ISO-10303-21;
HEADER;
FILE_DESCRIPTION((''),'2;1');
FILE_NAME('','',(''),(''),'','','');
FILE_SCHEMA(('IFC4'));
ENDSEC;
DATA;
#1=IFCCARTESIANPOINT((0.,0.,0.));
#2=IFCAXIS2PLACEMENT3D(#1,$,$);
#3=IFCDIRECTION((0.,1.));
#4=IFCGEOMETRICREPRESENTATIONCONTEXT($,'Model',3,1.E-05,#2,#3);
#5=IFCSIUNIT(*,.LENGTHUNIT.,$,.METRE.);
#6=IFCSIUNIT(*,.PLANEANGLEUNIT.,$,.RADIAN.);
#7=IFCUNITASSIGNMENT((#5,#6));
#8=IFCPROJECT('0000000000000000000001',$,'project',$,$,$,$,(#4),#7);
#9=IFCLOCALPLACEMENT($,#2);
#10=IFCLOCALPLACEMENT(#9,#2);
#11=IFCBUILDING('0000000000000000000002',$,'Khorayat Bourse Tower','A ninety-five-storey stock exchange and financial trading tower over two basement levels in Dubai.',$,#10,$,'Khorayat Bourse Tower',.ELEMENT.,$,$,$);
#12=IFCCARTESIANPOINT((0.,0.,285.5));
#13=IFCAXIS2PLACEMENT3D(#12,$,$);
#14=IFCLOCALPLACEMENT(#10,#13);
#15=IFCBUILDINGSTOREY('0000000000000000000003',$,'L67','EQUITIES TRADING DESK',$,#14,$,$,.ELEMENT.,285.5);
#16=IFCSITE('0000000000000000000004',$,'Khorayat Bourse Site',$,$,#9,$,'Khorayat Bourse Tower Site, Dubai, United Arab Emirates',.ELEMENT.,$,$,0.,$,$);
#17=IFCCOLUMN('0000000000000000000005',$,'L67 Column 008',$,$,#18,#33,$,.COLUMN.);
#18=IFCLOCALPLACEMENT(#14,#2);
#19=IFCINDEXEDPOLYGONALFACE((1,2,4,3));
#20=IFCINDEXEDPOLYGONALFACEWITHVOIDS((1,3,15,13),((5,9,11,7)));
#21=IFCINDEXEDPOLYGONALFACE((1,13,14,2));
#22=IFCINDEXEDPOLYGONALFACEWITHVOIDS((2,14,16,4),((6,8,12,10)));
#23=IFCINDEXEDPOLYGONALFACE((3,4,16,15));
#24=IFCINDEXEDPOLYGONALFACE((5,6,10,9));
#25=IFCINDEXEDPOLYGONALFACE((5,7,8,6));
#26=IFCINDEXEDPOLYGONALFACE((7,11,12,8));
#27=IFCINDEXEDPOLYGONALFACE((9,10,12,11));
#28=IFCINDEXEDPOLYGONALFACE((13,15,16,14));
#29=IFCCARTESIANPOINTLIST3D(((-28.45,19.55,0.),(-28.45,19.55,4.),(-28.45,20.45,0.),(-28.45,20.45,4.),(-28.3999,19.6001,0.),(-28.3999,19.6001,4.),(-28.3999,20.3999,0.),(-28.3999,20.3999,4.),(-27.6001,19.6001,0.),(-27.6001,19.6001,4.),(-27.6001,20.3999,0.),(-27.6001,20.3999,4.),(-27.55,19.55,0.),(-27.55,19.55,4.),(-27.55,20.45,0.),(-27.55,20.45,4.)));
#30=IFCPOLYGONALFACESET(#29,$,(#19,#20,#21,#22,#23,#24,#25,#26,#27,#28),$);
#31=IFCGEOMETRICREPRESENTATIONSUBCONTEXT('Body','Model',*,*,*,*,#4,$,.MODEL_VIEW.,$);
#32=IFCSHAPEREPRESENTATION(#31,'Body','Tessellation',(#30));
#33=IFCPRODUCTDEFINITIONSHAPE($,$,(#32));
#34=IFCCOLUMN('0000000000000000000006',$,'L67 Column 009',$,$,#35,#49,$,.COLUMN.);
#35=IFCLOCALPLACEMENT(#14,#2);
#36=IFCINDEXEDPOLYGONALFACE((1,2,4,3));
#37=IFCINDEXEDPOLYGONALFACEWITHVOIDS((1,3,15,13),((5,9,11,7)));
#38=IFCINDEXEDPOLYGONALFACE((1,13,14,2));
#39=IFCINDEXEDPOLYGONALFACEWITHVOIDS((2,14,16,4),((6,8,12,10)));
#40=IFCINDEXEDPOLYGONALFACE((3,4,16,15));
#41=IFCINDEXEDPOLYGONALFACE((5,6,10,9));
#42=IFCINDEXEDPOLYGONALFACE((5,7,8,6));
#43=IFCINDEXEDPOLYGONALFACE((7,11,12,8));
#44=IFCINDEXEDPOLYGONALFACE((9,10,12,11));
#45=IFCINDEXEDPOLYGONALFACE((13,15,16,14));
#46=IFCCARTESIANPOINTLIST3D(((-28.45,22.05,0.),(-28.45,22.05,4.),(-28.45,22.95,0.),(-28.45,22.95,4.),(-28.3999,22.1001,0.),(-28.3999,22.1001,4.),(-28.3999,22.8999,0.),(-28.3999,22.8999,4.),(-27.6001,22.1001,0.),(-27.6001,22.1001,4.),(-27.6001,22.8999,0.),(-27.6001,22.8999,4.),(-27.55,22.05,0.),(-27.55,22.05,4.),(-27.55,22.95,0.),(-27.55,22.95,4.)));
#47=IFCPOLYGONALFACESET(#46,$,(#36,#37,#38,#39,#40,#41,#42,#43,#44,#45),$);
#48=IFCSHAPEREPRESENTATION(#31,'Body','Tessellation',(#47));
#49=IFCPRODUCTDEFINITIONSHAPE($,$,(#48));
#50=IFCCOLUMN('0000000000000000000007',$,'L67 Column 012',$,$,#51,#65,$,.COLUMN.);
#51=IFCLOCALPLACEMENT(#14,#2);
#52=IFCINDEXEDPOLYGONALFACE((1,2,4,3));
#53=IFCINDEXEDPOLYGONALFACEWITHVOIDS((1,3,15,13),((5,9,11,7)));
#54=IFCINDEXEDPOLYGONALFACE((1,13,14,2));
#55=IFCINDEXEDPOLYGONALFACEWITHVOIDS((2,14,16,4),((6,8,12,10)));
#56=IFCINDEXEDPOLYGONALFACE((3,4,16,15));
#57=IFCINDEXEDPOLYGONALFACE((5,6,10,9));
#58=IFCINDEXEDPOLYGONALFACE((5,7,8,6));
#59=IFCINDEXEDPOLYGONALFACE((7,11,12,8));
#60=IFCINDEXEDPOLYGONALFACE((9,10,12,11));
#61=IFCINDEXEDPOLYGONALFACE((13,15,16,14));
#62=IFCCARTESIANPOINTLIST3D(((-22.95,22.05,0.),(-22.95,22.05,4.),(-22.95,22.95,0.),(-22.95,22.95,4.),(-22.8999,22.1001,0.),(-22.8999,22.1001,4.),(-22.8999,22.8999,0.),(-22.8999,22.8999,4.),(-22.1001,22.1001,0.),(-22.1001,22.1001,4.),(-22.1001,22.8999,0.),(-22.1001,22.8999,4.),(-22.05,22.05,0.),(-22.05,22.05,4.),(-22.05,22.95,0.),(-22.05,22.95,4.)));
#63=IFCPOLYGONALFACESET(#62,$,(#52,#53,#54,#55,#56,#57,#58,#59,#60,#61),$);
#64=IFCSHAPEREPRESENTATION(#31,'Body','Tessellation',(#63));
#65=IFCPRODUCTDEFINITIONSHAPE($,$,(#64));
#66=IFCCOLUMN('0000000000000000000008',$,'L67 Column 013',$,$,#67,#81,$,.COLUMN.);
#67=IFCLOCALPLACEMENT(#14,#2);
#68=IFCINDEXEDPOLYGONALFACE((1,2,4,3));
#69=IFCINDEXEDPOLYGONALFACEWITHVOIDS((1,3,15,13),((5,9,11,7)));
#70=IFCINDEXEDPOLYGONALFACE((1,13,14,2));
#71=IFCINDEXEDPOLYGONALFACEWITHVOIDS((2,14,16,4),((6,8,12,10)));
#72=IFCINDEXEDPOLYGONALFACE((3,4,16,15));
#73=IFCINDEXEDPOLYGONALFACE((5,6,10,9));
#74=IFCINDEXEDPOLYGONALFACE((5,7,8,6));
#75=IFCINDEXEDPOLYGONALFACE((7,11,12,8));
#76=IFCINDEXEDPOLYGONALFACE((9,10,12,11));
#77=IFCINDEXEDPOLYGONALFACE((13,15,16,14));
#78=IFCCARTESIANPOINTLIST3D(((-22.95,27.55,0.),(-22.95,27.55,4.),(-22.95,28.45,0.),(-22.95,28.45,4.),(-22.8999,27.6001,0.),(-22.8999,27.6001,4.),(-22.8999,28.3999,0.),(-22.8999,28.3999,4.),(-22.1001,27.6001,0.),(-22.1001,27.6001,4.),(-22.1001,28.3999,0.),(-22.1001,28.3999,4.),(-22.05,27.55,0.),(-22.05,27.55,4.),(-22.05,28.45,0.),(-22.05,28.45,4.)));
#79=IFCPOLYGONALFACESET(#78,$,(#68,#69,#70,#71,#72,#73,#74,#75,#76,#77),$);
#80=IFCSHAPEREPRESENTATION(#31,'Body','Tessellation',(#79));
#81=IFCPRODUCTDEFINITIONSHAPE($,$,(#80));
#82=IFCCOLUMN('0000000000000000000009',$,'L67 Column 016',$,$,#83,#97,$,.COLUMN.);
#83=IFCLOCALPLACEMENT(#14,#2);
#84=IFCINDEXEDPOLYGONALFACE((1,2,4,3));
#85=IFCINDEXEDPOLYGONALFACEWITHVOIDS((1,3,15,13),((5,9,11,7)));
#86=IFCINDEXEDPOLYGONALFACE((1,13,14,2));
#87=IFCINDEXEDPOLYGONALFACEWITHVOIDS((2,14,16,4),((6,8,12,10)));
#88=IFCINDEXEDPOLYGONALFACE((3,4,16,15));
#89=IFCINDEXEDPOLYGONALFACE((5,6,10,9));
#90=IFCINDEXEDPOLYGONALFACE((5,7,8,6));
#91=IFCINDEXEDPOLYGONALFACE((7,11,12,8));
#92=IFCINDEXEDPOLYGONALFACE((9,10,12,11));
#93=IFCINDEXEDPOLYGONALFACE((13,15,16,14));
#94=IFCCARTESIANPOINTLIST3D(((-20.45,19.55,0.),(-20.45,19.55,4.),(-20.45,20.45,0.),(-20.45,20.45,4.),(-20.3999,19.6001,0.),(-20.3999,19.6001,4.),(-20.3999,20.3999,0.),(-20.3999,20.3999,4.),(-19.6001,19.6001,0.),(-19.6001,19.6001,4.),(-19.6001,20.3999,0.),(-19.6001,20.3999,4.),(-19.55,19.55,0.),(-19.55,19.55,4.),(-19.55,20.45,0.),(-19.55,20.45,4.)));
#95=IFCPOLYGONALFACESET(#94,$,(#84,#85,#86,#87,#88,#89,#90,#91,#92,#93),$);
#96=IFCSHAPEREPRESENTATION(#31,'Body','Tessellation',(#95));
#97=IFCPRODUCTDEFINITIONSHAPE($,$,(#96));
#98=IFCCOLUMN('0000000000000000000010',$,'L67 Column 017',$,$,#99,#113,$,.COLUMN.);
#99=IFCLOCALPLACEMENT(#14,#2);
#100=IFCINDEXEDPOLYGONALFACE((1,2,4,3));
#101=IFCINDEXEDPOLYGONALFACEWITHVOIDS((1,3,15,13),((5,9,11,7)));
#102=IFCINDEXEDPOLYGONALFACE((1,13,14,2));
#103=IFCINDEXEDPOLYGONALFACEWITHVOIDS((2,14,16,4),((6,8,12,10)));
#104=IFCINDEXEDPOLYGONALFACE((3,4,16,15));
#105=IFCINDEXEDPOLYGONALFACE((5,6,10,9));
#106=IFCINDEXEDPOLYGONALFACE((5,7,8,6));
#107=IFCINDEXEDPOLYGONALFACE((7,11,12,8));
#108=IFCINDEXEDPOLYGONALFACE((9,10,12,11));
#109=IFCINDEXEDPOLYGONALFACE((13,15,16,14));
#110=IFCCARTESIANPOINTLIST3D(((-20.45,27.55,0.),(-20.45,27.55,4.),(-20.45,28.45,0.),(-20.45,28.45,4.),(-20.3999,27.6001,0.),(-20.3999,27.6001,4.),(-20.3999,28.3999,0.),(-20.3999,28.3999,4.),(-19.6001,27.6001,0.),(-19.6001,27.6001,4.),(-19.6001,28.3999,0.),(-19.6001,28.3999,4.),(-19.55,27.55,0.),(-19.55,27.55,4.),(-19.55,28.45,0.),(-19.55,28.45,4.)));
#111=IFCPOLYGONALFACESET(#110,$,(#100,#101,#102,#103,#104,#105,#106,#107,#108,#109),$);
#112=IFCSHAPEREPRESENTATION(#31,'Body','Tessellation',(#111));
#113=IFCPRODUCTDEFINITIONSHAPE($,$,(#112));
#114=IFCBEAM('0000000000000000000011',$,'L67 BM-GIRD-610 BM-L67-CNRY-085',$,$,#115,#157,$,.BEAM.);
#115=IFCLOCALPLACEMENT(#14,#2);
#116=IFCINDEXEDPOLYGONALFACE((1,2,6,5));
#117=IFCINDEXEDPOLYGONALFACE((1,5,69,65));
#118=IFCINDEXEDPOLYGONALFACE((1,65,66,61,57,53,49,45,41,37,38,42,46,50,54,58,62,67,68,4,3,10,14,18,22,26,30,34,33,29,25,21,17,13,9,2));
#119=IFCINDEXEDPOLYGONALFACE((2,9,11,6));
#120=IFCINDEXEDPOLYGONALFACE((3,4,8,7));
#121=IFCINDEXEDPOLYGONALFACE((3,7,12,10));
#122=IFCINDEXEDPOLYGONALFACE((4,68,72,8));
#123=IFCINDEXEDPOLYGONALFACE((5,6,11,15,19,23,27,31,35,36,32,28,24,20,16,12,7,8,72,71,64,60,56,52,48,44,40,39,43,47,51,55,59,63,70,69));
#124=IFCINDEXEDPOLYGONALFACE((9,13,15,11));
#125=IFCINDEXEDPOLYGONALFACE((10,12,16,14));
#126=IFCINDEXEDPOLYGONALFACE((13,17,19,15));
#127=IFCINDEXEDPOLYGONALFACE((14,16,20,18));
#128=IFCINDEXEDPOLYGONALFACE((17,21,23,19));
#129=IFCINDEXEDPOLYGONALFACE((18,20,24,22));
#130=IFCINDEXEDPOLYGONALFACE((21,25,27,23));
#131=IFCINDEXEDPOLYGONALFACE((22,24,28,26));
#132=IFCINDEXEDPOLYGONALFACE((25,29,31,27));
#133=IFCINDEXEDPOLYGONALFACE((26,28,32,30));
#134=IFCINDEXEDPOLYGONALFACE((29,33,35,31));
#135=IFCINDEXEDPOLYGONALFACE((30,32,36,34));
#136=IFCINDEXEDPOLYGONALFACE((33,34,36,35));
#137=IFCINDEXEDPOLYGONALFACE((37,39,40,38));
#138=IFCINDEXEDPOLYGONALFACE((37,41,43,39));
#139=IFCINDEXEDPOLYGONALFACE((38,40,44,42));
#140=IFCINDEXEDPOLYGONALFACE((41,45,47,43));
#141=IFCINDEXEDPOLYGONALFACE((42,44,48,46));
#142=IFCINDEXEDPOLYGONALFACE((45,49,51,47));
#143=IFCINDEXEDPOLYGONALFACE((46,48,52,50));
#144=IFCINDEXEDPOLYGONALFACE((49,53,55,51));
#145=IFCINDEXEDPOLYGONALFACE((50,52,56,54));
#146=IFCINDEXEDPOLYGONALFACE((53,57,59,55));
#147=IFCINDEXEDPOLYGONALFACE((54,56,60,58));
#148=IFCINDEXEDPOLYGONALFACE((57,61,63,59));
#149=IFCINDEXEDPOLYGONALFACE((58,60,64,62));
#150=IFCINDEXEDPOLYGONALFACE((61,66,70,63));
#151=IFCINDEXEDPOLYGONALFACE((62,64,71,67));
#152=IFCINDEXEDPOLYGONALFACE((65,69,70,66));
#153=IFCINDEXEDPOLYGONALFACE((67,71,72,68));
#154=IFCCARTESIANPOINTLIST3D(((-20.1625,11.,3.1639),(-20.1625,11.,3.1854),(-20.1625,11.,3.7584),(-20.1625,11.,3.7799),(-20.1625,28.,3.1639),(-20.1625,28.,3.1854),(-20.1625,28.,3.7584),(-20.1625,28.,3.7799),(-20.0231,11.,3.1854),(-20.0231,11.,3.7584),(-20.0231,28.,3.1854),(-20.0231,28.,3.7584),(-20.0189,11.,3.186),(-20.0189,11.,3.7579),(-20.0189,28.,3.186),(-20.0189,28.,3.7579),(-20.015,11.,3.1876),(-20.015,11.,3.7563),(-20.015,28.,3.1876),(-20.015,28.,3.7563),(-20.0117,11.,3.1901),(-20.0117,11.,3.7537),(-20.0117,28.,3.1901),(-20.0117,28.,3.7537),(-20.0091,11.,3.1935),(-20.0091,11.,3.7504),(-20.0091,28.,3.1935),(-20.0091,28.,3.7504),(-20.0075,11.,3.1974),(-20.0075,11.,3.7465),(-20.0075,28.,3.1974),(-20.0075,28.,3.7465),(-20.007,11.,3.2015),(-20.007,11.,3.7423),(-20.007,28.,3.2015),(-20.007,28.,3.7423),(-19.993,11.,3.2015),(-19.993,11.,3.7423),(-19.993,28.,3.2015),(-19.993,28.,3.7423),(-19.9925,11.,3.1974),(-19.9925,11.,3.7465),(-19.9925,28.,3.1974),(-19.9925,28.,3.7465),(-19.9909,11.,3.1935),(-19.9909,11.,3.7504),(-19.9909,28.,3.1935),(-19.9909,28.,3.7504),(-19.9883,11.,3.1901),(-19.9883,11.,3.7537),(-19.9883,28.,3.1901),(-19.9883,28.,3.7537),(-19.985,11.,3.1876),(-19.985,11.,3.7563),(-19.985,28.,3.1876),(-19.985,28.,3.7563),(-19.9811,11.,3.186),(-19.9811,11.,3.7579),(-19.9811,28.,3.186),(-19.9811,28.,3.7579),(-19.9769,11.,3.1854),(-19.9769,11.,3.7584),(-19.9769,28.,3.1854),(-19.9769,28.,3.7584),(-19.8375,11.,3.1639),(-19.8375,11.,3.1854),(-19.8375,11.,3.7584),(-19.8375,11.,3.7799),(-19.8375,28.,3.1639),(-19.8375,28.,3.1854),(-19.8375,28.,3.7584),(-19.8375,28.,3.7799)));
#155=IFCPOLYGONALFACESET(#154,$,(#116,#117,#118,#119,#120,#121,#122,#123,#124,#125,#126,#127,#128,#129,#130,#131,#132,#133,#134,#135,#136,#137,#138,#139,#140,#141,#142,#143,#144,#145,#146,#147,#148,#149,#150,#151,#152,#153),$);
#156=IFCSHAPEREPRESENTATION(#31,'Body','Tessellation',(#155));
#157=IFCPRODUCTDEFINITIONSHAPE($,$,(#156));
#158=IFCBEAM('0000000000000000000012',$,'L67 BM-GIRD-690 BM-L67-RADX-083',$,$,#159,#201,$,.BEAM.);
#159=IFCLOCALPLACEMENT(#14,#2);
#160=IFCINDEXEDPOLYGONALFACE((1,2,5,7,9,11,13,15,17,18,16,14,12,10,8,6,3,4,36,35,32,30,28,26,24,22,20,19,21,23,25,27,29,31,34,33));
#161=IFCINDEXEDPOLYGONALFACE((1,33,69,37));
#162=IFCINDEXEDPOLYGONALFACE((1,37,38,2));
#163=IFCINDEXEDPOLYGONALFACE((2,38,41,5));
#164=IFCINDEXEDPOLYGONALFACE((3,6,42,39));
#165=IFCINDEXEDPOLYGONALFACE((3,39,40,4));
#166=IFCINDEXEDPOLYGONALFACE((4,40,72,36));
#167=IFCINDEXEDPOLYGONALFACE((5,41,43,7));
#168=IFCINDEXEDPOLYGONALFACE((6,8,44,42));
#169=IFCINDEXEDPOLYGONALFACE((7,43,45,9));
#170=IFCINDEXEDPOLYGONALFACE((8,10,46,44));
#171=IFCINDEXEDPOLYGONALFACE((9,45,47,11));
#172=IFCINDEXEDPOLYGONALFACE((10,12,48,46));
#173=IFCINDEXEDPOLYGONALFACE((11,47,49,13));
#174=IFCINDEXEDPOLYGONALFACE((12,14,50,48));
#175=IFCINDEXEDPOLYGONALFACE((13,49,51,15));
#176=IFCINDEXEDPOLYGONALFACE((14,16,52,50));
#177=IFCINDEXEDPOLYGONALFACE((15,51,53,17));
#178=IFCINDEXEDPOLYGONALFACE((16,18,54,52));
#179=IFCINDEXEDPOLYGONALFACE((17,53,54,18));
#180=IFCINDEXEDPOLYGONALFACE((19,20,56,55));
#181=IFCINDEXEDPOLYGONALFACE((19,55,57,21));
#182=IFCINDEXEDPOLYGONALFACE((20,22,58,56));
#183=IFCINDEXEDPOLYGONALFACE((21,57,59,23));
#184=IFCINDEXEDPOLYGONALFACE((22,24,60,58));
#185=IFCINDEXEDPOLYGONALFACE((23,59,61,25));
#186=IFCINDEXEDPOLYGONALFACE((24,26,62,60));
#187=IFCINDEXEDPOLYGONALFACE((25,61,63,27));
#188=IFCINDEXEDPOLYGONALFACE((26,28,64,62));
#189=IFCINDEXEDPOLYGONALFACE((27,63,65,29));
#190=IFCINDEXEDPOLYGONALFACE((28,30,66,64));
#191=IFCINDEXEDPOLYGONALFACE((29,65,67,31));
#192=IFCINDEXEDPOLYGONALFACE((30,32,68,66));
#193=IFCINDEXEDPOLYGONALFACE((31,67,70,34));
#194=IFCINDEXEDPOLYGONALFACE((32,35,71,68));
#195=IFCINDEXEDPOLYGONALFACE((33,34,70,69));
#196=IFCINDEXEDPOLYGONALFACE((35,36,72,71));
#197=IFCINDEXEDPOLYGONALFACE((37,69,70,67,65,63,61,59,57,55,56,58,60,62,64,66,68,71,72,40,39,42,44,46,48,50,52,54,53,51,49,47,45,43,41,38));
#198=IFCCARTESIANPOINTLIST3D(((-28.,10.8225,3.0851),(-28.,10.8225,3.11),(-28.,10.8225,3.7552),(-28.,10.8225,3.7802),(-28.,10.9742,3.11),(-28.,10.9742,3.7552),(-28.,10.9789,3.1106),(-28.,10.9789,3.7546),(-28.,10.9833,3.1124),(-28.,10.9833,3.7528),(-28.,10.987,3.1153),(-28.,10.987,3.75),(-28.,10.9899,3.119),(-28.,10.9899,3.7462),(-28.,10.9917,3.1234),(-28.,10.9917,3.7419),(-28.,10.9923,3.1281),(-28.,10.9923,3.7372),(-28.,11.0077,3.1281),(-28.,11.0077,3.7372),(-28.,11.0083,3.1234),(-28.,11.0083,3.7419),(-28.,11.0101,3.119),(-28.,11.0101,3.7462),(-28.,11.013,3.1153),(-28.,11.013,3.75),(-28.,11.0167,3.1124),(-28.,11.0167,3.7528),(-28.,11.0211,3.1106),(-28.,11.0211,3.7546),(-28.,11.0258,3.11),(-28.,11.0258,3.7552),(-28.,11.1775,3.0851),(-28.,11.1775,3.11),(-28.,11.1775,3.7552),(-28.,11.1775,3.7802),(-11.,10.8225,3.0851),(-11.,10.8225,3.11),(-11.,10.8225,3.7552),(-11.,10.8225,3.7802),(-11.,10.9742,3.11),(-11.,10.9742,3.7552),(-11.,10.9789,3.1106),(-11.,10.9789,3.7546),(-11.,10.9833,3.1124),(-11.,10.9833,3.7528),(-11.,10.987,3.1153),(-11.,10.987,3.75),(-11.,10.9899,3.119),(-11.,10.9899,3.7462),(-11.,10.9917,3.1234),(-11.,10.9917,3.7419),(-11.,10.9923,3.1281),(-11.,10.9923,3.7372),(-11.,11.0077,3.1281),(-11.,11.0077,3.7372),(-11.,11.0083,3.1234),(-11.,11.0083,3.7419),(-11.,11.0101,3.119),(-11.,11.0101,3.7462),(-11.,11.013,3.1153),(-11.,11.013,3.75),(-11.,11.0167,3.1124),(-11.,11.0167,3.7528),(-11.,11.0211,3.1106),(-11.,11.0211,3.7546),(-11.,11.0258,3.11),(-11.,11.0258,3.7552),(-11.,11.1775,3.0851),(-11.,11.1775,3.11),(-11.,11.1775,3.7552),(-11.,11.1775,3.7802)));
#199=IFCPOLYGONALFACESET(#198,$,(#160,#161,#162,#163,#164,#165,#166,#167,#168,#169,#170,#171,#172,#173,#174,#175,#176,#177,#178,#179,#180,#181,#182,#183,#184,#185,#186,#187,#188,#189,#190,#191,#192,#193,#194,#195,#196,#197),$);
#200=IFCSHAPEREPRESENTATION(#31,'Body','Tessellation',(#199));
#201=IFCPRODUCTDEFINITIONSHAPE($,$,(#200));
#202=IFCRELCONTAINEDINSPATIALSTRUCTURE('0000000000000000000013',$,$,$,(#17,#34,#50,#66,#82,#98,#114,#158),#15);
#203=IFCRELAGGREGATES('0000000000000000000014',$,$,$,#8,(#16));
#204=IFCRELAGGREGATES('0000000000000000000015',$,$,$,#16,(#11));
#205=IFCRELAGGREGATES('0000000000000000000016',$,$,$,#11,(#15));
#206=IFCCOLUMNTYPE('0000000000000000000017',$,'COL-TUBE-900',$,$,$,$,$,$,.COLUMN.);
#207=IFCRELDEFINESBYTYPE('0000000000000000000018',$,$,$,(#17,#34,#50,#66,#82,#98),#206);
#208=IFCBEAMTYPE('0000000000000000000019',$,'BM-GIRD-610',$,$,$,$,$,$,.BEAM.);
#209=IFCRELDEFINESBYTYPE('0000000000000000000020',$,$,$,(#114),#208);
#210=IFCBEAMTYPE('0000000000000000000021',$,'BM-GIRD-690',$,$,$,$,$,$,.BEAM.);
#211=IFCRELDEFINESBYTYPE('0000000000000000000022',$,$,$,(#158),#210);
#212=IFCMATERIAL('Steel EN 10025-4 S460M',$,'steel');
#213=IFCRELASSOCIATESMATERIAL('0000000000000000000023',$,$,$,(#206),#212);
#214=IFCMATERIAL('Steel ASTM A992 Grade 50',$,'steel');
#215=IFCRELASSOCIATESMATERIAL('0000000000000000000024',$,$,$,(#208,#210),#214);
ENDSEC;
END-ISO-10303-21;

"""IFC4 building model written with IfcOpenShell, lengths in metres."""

from ifc_helpers import new_model, si_unit, direction, frame, origin, origin_2d, place, context, subcontext, project, spatial, hollow_rectangle, i_section, extrude, source, transform, mapped, material, material_profile, profile_set, type_object, element, save


model = new_model("IFC4")

# Units and contexts
model_context = context("Model", 3, precision=1e-05, world=origin(), true_north=direction((0.0, 1.0)))
body_context = subcontext(model_context, "Body", "Model", "MODEL_VIEW")
ifc_project = project(units=[si_unit("LENGTHUNIT", "METRE"), si_unit("PLANEANGLEUNIT", "RADIAN")], contexts=[model_context])

# Site, building, storey
site_placement = place(None, origin())
site = spatial("IfcSite", under=ifc_project, at=site_placement, Name="Khorayat Bourse Site", LongName="Khorayat Bourse Tower Site, Dubai, United Arab Emirates", CompositionType="ELEMENT", RefElevation=0.0)
building_placement = place(site_placement, origin())
building = spatial("IfcBuilding", under=site, at=building_placement, Name="Khorayat Bourse Tower", Description="A ninety-five-storey stock exchange and financial trading tower over two basement levels in Dubai.", LongName="Khorayat Bourse Tower", CompositionType="ELEMENT")
storey_placement = place(building_placement, frame((0.0, 0.0, 285.5)))
storey = spatial("IfcBuildingStorey", under=building, at=storey_placement, Name="L67", Description="EQUITIES TRADING DESK", CompositionType="ELEMENT", Elevation=285.5)

# Columns
ifc_material_1 = material(Name="Steel EN 10025-4 S460M", Category="steel")
ifc_material_profile_1 = material_profile(ifc_material_1, hollow_rectangle(XDim=0.8999, YDim=0.8999, WallThickness=0.05, at=origin_2d()), Name="BOX 900x900x50")
ifc_profile_set_1 = profile_set([ifc_material_profile_1], Name="Steel EN 10025-4 S460M")
column_type = type_object("IfcColumnType", Name="COL-TUBE-900", PredefinedType="COLUMN", material=ifc_profile_set_1)
shared_shape_1 = source(origin(), body_context, "Body", "SweptSolid", [
    extrude(hollow_rectangle(XDim=0.8999, YDim=0.8999, WallThickness=0.05, at=origin_2d()), origin(), (0.0, 0.0, 1.0), 4.0),
])
for number, where, z_axis, x_axis, name in (
    (1, (-28.0, 20.0, 0.0), (0.0, 0.0, 1.0), (1.0, 0.0, 0.0), "L67 Column 008"),
    (2, (-28.0, 22.5, 0.0), (0.0, 0.0, 1.0), (1.0, 0.0, 0.0), "L67 Column 009"),
    (3, (-22.5, 22.5, 0.0), (0.0, 0.0, 1.0), (1.0, 0.0, 0.0), "L67 Column 012"),
    (4, (-22.5, 28.0, 0.0), (0.0, 0.0, 1.0), (1.0, 0.0, 0.0), "L67 Column 013"),
    (5, (-20.0, 20.0, 0.0), (0.0, 0.0, 1.0), (1.0, 0.0, 0.0), "L67 Column 016"),
    (6, (-20.0, 28.0, 0.0), (0.0, 0.0, 1.0), (1.0, 0.0, 0.0), "L67 Column 017"),
):
    element("IfcColumn", number, at=place(storey_placement, frame(where, z_axis=z_axis, x_axis=x_axis)), inside=storey, type_object=column_type, Name=name, PredefinedType="COLUMN", context=body_context, shape_type="MappedRepresentation", body=[
        mapped(shared_shape_1, transform((0.0, 0.0, 0.0), scale=1.0)),
    ])

# Beams
ifc_material_2 = material(Name="Steel ASTM A992 Grade 50", Category="steel")
ifc_material_profile_2 = material_profile(ifc_material_2, i_section(OverallWidth=0.325, OverallDepth=0.616, WebThickness=0.0139, FlangeThickness=0.0215, FilletRadius=0.0161, at=origin_2d()), Name="W610X174")
ifc_profile_set_2 = profile_set([ifc_material_profile_2], Name="Steel ASTM A992 Grade 50")
beam_type_1 = type_object("IfcBeamType", Name="BM-GIRD-610", PredefinedType="BEAM", material=ifc_profile_set_2)
shared_shape_2 = source(origin(), body_context, "Body", "SweptSolid", [
    extrude(i_section(OverallWidth=0.325, OverallDepth=0.616, WebThickness=0.0139, FlangeThickness=0.0215, FilletRadius=0.0161, at=origin_2d()), origin(), (0.0, 0.0, 1.0), 17.0),
])
beam_1_placement = place(storey_placement, frame((-20.0, 11.0, 3.4719), z_axis=(0.0, 1.0, 0.0), x_axis=(-1.0, 0.0, 0.0)))
element("IfcBeam", 7, at=beam_1_placement, inside=storey, type_object=beam_type_1, Name="L67 BM-GIRD-610 BM-L67-CNRY-085", PredefinedType="BEAM", context=body_context, shape_type="MappedRepresentation", body=[
    mapped(shared_shape_2, transform((0.0, 0.0, 0.0), scale=1.0)),
])
ifc_material_profile_3 = material_profile(ifc_material_2, i_section(OverallWidth=0.355, OverallDepth=0.6951, WebThickness=0.0154, FlangeThickness=0.0249, FilletRadius=0.0181, at=origin_2d()), Name="W690X217")
ifc_profile_set_3 = profile_set([ifc_material_profile_3], Name="Steel ASTM A992 Grade 50")
beam_type_2 = type_object("IfcBeamType", Name="BM-GIRD-690", PredefinedType="BEAM", material=ifc_profile_set_3)
shared_shape_3 = source(origin(), body_context, "Body", "SweptSolid", [
    extrude(i_section(OverallWidth=0.355, OverallDepth=0.6951, WebThickness=0.0154, FlangeThickness=0.0249, FilletRadius=0.0181, at=origin_2d()), origin(), (0.0, 0.0, 1.0), 17.0),
])
beam_2_placement = place(storey_placement, frame((-28.0, 11.0, 3.4326), z_axis=(1.0, 0.0, 0.0), x_axis=(0.0, 1.0, 0.0)))
element("IfcBeam", 8, at=beam_2_placement, inside=storey, type_object=beam_type_2, Name="L67 BM-GIRD-690 BM-L67-RADX-083", PredefinedType="BEAM", context=body_context, shape_type="MappedRepresentation", body=[
    mapped(shared_shape_3, transform((0.0, 0.0, 0.0), scale=1.0)),
])

save(model, "model.ifc")
